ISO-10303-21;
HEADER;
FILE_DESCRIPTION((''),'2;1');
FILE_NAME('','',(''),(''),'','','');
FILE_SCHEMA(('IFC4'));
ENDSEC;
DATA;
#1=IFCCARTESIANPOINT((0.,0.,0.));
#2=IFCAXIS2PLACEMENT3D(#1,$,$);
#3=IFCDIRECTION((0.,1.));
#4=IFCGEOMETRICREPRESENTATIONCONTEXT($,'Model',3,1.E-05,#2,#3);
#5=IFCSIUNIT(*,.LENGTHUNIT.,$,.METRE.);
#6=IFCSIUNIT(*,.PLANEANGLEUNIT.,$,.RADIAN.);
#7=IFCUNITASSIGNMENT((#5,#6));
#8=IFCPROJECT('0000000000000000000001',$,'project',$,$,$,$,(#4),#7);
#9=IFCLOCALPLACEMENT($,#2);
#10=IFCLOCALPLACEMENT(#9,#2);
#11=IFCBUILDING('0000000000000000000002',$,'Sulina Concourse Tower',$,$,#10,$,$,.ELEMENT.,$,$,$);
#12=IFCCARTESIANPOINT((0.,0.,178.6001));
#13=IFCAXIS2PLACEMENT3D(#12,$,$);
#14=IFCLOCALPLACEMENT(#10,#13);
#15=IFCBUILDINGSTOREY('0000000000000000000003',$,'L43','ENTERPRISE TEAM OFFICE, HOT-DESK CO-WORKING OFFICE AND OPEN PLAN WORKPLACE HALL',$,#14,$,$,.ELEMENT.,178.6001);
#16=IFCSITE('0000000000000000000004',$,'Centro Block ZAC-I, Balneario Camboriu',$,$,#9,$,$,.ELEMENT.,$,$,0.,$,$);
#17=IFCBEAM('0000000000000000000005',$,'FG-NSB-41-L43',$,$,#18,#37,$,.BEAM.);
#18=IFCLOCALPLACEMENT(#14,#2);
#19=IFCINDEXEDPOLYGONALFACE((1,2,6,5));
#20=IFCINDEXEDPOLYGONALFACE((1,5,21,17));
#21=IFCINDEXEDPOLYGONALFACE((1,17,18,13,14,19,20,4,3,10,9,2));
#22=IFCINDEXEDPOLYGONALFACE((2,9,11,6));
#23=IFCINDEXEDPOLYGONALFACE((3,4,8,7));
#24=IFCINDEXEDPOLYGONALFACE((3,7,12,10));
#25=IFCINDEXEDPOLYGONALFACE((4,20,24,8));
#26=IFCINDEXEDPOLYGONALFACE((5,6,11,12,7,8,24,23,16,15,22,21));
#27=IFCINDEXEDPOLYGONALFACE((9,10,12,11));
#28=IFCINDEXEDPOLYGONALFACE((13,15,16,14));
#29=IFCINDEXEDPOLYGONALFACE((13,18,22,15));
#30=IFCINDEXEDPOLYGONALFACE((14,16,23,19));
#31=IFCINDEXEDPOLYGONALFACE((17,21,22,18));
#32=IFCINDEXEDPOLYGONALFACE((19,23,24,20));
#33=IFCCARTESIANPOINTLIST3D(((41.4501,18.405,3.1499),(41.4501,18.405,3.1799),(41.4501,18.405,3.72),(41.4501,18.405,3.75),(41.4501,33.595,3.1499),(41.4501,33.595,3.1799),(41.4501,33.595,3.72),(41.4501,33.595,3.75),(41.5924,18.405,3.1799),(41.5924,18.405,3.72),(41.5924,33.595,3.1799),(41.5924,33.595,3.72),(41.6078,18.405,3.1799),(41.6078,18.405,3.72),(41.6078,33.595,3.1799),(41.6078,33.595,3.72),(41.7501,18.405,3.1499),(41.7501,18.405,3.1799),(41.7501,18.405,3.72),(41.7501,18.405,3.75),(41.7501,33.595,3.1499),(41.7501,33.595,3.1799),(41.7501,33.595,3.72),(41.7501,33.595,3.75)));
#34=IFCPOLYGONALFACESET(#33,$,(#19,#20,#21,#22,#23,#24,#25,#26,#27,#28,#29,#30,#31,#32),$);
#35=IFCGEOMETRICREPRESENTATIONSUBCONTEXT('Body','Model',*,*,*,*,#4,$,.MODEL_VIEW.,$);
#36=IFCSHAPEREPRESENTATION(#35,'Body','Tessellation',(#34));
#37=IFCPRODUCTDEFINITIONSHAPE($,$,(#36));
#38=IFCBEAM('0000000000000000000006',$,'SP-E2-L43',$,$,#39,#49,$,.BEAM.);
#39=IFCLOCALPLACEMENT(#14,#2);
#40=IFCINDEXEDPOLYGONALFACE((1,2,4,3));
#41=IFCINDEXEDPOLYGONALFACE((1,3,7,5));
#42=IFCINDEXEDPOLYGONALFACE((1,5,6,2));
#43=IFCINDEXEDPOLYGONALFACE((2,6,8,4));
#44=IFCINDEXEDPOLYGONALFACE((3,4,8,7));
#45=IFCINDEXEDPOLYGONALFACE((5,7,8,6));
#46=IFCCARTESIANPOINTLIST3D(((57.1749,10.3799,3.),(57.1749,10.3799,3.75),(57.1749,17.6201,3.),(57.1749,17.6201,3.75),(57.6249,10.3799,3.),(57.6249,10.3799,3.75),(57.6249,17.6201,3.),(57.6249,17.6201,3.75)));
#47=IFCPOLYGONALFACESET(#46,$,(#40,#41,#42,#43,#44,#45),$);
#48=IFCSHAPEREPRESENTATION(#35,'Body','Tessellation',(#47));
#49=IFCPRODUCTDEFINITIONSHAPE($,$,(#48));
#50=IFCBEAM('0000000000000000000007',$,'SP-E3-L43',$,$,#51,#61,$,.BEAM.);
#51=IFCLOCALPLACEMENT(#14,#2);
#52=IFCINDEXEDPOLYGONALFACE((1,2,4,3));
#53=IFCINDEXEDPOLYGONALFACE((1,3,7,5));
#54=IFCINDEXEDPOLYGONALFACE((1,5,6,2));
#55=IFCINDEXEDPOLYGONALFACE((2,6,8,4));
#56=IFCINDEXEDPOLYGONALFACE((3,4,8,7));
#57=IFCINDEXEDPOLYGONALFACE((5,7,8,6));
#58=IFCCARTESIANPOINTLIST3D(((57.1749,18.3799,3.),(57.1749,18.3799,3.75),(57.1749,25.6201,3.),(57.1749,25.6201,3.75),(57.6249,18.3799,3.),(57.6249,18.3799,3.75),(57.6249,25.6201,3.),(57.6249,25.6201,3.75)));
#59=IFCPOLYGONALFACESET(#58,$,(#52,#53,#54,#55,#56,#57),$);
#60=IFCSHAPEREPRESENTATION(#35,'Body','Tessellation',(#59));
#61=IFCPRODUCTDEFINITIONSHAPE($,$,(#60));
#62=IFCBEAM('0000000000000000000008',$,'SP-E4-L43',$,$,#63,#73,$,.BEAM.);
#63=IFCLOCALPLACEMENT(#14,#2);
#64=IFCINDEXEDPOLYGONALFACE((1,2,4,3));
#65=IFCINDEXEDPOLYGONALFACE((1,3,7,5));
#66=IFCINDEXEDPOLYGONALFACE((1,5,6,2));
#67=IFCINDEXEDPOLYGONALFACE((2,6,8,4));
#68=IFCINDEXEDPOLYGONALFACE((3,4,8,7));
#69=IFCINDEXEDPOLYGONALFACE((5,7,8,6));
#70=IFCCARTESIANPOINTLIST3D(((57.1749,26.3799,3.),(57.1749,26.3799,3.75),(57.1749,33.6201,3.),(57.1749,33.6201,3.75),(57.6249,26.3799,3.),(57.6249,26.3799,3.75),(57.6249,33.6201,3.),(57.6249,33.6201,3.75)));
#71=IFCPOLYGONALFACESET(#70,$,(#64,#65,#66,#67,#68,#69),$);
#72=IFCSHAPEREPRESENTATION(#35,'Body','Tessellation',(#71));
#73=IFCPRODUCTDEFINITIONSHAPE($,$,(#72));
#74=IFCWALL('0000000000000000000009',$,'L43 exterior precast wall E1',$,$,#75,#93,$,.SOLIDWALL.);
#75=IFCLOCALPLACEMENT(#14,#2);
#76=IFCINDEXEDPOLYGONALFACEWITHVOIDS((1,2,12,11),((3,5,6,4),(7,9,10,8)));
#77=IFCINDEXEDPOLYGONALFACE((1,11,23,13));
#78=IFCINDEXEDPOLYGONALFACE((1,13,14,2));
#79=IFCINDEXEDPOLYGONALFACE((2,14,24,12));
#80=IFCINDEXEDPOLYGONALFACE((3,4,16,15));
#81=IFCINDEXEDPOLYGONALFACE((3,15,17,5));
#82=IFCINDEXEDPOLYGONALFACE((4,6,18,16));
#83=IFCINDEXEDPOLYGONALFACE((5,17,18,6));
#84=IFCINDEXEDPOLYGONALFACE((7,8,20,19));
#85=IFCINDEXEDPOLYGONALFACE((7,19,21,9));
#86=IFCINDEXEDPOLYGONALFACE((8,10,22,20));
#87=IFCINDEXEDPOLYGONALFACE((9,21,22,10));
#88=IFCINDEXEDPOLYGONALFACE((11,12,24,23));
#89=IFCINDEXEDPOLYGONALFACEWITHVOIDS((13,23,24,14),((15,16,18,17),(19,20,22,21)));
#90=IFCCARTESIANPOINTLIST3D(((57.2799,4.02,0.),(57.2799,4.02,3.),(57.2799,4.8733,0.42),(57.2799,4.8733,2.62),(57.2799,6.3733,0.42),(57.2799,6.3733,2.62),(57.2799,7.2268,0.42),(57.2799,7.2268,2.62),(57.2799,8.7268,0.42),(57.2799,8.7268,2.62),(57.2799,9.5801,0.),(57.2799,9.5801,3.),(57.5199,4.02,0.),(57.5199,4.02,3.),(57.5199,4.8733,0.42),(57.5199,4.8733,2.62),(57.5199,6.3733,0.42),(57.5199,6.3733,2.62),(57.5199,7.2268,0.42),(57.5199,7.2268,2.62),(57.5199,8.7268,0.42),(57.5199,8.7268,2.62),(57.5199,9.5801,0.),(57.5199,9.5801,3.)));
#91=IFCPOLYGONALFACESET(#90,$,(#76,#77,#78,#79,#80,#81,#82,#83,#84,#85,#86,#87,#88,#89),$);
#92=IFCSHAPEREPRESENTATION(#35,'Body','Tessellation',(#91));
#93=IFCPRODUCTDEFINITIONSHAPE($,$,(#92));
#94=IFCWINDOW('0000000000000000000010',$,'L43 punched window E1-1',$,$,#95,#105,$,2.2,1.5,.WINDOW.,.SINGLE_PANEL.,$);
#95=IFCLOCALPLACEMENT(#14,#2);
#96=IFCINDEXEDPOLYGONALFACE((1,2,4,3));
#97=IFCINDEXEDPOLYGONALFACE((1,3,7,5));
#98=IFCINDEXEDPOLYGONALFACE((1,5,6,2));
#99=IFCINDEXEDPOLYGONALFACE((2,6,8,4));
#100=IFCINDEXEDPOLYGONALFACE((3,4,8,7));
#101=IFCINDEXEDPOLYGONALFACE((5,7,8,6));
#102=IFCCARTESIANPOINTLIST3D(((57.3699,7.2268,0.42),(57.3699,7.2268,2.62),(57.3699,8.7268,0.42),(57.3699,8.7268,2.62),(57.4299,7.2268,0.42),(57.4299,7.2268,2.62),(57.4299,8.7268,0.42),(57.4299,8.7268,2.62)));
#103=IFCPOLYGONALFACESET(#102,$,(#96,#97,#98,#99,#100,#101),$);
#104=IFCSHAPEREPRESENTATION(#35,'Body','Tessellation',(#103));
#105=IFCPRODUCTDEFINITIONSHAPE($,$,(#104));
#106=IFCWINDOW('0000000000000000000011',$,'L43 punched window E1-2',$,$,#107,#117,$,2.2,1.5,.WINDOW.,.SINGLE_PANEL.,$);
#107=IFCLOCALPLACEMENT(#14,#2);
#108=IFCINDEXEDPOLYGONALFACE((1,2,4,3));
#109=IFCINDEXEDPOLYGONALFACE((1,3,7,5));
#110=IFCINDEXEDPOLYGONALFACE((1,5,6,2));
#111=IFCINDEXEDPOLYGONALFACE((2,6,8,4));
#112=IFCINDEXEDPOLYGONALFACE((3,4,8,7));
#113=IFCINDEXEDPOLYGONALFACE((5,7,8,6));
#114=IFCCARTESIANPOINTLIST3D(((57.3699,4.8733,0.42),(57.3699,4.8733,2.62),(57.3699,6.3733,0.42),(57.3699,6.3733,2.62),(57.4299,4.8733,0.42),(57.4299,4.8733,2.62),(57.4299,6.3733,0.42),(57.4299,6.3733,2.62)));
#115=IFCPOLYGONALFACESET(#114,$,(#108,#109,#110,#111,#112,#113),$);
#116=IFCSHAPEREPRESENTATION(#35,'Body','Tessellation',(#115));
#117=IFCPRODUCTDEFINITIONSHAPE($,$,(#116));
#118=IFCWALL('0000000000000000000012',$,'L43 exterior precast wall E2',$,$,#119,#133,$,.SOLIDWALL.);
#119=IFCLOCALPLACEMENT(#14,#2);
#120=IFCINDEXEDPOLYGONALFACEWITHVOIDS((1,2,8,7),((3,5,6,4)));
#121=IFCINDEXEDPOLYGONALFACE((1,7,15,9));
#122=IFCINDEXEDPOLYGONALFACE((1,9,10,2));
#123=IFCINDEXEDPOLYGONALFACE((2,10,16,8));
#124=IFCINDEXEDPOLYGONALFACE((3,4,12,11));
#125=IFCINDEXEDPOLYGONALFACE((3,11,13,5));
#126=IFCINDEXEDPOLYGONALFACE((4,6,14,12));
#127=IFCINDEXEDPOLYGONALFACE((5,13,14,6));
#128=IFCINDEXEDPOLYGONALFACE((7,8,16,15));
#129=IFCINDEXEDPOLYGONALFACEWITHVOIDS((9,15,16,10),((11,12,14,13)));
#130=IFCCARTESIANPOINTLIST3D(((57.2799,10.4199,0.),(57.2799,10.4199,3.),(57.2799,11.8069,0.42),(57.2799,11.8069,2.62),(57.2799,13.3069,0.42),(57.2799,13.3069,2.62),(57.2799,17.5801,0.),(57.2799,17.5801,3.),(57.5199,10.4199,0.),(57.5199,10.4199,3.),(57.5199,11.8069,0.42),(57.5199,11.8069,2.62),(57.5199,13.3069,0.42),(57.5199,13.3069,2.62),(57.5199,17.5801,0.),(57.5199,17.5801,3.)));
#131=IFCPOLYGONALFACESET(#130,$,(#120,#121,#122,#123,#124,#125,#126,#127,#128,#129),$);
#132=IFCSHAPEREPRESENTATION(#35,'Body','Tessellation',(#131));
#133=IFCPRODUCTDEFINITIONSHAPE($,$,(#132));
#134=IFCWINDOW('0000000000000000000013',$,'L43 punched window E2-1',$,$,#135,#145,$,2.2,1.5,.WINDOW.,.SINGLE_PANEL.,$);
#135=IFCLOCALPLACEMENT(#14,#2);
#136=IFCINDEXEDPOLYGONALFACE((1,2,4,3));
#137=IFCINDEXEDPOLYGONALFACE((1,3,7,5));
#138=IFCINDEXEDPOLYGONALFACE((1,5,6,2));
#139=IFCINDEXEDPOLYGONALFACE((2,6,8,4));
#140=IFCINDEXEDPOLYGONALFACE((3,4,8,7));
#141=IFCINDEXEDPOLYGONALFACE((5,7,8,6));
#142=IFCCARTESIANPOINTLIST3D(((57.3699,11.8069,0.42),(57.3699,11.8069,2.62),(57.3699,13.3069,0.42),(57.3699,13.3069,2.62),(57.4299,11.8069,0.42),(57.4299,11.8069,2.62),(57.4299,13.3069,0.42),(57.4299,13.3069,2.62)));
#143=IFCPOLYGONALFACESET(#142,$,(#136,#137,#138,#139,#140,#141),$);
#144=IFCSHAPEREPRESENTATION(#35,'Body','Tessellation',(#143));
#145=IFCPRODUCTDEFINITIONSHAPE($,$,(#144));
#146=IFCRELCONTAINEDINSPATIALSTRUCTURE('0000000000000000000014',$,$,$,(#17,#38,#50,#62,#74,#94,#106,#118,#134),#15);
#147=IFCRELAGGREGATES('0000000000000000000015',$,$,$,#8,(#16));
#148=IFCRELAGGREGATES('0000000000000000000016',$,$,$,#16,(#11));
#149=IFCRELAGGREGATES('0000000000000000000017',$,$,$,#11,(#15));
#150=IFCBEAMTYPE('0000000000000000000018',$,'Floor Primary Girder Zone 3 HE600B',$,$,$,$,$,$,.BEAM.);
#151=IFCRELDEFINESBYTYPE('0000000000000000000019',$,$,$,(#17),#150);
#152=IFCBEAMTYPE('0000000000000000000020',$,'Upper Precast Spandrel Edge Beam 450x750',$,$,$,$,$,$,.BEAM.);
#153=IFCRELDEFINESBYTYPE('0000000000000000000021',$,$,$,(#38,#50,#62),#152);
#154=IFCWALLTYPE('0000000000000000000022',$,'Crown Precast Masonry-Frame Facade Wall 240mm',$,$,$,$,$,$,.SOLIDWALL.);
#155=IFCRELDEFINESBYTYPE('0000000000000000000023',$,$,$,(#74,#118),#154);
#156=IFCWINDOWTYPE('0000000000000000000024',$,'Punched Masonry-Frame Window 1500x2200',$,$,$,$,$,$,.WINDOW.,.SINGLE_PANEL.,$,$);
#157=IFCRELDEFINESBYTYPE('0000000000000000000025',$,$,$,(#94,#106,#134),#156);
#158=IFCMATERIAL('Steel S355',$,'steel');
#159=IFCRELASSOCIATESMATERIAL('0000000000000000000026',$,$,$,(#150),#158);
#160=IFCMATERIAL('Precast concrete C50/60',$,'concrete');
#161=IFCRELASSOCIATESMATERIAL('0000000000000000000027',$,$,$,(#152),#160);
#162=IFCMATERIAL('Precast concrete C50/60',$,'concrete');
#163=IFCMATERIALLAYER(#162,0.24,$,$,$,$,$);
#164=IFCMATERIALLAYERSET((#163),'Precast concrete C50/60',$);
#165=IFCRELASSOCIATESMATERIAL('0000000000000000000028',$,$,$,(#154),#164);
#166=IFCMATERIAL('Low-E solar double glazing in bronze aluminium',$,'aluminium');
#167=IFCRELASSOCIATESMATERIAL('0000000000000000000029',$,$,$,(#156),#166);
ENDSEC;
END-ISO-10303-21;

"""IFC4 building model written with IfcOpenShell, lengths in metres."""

from ifc_helpers import new_model, si_unit, direction, frame, frame_2d, origin, origin_2d, place, context, subcontext, project, spatial, rectangle, i_section, extrude, material, layer, layer_set, material_profile, profile_set, type_object, element, fill, save


model = new_model("IFC4")

# Units and contexts
model_context = context("Model", 3, precision=1e-05, world=origin(), true_north=direction((0.0, 1.0)))
body_context = subcontext(model_context, "Body", "Model", "MODEL_VIEW")
ifc_project = project(units=[si_unit("LENGTHUNIT", "METRE"), si_unit("PLANEANGLEUNIT", "RADIAN")], contexts=[model_context])

# Site, building, storey
site_placement = place(None, origin())
site = spatial("IfcSite", under=ifc_project, at=site_placement, Name="Centro Block ZAC-I, Balneario Camboriu", CompositionType="ELEMENT", RefElevation=0.0)
building_placement = place(site_placement, origin())
building = spatial("IfcBuilding", under=site, at=building_placement, Name="Sulina Concourse Tower", CompositionType="ELEMENT")
storey_placement = place(building_placement, frame((0.0, 0.0, 178.6001)))
storey = spatial("IfcBuildingStorey", under=building, at=storey_placement, Name="L43", Description="ENTERPRISE TEAM OFFICE, HOT-DESK CO-WORKING OFFICE AND OPEN PLAN WORKPLACE HALL", CompositionType="ELEMENT", Elevation=178.6001)

# Beams
ifc_material_1 = material(Name="Steel S355", Category="steel")
ifc_material_profile_1 = material_profile(ifc_material_1, i_section(OverallWidth=0.3, OverallDepth=0.6001, WebThickness=0.0154, FlangeThickness=0.03, at=origin_2d()), Name="HE 600 B")
ifc_profile_set_1 = profile_set([ifc_material_profile_1], Name="Steel S355")
beam_type_1 = type_object("IfcBeamType", Name="Floor Primary Girder Zone 3 HE600B", PredefinedType="BEAM", material=ifc_profile_set_1)
beam_1_placement = place(storey_placement, frame((41.6001, 18.405, 3.45), z_axis=(0.0, 1.0, 0.0), x_axis=(-1.0, 0.0, 0.0)))
element("IfcBeam", 1, at=beam_1_placement, inside=storey, type_object=beam_type_1, Name="FG-NSB-41-L43", PredefinedType="BEAM", context=body_context, shape_type="SweptSolid", body=[
    extrude(i_section(OverallWidth=0.3, OverallDepth=0.6001, WebThickness=0.0154, FlangeThickness=0.03, at=origin_2d()), origin(), (0.0, 0.0, 1.0), 15.1899),
])
ifc_material_2 = material(Name="Precast concrete C50/60", Category="concrete")
ifc_material_profile_2 = material_profile(ifc_material_2, rectangle(XDim=0.45, YDim=0.75, at=origin_2d()), Name="RC 450x750")
ifc_profile_set_2 = profile_set([ifc_material_profile_2], Name="Precast concrete C50/60")
beam_type_2 = type_object("IfcBeamType", Name="Upper Precast Spandrel Edge Beam 450x750", PredefinedType="BEAM", material=ifc_profile_set_2)
for number, where, z_axis, x_axis, name in (
    (2, (57.3999, 10.3799, 3.375), (0.0, 1.0, 0.0), (-1.0, 0.0, 0.0), "SP-E2-L43"),
    (3, (57.3999, 18.3799, 3.375), (0.0, 1.0, 0.0), (-1.0, 0.0, 0.0), "SP-E3-L43"),
    (4, (57.3999, 26.3799, 3.375), (0.0, 1.0, 0.0), (-1.0, 0.0, 0.0), "SP-E4-L43"),
):
    element("IfcBeam", number, at=place(storey_placement, frame(where, z_axis=z_axis, x_axis=x_axis)), inside=storey, type_object=beam_type_2, Name=name, PredefinedType="BEAM", context=body_context, shape_type="SweptSolid", body=[
        extrude(rectangle(XDim=0.45, YDim=0.75, at=origin_2d()), origin(), (0.0, 0.0, 1.0), 7.2402),
    ])

# Wall, openings, windows
ifc_material_3 = material(Name="Precast concrete C50/60", Category="concrete")
ifc_layer_1 = layer(ifc_material_3, 0.24)
ifc_layer_set_1 = layer_set([ifc_layer_1], Name="Precast concrete C50/60")
wall_type_1 = type_object("IfcWallType", Name="Crown Precast Masonry-Frame Facade Wall 240mm", PredefinedType="SOLIDWALL", material=ifc_layer_set_1)
wall_1_placement = place(storey_placement, frame((57.3999, 9.5801, 0.0), z_axis=(0.0, 0.0, 1.0), x_axis=(0.0, -1.0, 0.0)))
wall_1 = element("IfcWall", 5, at=wall_1_placement, inside=storey, type_object=wall_type_1, Name="L43 exterior precast wall E1", PredefinedType="SOLIDWALL", context=body_context, shape_type="SweptSolid", body=[
    extrude(rectangle(XDim=5.5601, YDim=0.24, at=frame_2d((2.78, 0.0))), origin(), (0.0, 0.0, 1.0), 3.0),
])
opening_1_placement = place(wall_1_placement, frame((0.8533, 0.0, 0.4199)))
opening_1 = element("IfcOpeningElement", 6, at=opening_1_placement, cuts=wall_1, PredefinedType="OPENING", context=body_context, shape_type="SweptSolid", body=[
    extrude(rectangle(XDim=1.5, YDim=2.2, at=frame_2d((0.75, 1.1001))), frame((0.0, 0.1299, 0.0), z_axis=(0.0, -1.0, 0.0), x_axis=(1.0, 0.0, 0.0)), (0.0, 0.0, 1.0), 0.26),
])
opening_2_placement = place(wall_1_placement, frame((3.2068, 0.0, 0.4199)))
opening_2 = element("IfcOpeningElement", 7, at=opening_2_placement, cuts=wall_1, PredefinedType="OPENING", context=body_context, shape_type="SweptSolid", body=[
    extrude(rectangle(XDim=1.5, YDim=2.2, at=frame_2d((0.75, 1.1001))), frame((0.0, 0.1299, 0.0), z_axis=(0.0, -1.0, 0.0), x_axis=(1.0, 0.0, 0.0)), (0.0, 0.0, 1.0), 0.26),
])
ifc_material_4 = material(Name="Low-E solar double glazing in bronze aluminium", Category="aluminium")
window_type = type_object("IfcWindowType", Name="Punched Masonry-Frame Window 1500x2200", PartitioningType="SINGLE_PANEL", PredefinedType="WINDOW", material=ifc_material_4)
window_1_placement = place(opening_1_placement, origin())
window_1 = element("IfcWindow", 8, at=window_1_placement, inside=storey, type_object=window_type, Name="L43 punched window E1-1", OverallHeight=2.2, OverallWidth=1.5, PartitioningType="SINGLE_PANEL", PredefinedType="WINDOW", context=body_context, shape_type="SweptSolid", body=[
    extrude(rectangle(XDim=1.5, YDim=2.2, at=frame_2d((0.75, 1.1001))), frame((0.0, 0.03, 0.0), z_axis=(0.0, -1.0, 0.0), x_axis=(1.0, 0.0, 0.0)), (0.0, 0.0, 1.0), 0.0601),
])
fill(opening_1, window_1)
window_2_placement = place(opening_2_placement, origin())
window_2 = element("IfcWindow", 9, at=window_2_placement, inside=storey, type_object=window_type, Name="L43 punched window E1-2", OverallHeight=2.2, OverallWidth=1.5, PartitioningType="SINGLE_PANEL", PredefinedType="WINDOW", context=body_context, shape_type="SweptSolid", body=[
    extrude(rectangle(XDim=1.5, YDim=2.2, at=frame_2d((0.75, 1.1001))), frame((0.0, 0.03, 0.0), z_axis=(0.0, -1.0, 0.0), x_axis=(1.0, 0.0, 0.0)), (0.0, 0.0, 1.0), 0.0601),
])
fill(opening_2, window_2)

# Wall, opening, window
wall_2_placement = place(storey_placement, frame((57.3999, 17.5801, 0.0), z_axis=(0.0, 0.0, 1.0), x_axis=(0.0, -1.0, 0.0)))
wall_2 = element("IfcWall", 10, at=wall_2_placement, inside=storey, type_object=wall_type_1, Name="L43 exterior precast wall E2", PredefinedType="SOLIDWALL", context=body_context, shape_type="SweptSolid", body=[
    extrude(rectangle(XDim=7.1602, YDim=0.24, at=frame_2d((3.5801, 0.0))), origin(), (0.0, 0.0, 1.0), 3.0),
])
opening_3_placement = place(wall_2_placement, frame((4.2732, 0.0, 0.4199)))
opening_3 = element("IfcOpeningElement", 11, at=opening_3_placement, cuts=wall_2, PredefinedType="OPENING", context=body_context, shape_type="SweptSolid", body=[
    extrude(rectangle(XDim=1.5, YDim=2.2, at=frame_2d((0.75, 1.1001))), frame((0.0, 0.1299, 0.0), z_axis=(0.0, -1.0, 0.0), x_axis=(1.0, 0.0, 0.0)), (0.0, 0.0, 1.0), 0.26),
])
window_3_placement = place(opening_3_placement, origin())
window_3 = element("IfcWindow", 12, at=window_3_placement, inside=storey, type_object=window_type, Name="L43 punched window E2-1", OverallHeight=2.2, OverallWidth=1.5, PartitioningType="SINGLE_PANEL", PredefinedType="WINDOW", context=body_context, shape_type="SweptSolid", body=[
    extrude(rectangle(XDim=1.5, YDim=2.2, at=frame_2d((0.75, 1.1001))), frame((0.0, 0.03, 0.0), z_axis=(0.0, -1.0, 0.0), x_axis=(1.0, 0.0, 0.0)), (0.0, 0.0, 1.0), 0.0601),
])
fill(opening_3, window_3)

save(model, "model.ifc")
